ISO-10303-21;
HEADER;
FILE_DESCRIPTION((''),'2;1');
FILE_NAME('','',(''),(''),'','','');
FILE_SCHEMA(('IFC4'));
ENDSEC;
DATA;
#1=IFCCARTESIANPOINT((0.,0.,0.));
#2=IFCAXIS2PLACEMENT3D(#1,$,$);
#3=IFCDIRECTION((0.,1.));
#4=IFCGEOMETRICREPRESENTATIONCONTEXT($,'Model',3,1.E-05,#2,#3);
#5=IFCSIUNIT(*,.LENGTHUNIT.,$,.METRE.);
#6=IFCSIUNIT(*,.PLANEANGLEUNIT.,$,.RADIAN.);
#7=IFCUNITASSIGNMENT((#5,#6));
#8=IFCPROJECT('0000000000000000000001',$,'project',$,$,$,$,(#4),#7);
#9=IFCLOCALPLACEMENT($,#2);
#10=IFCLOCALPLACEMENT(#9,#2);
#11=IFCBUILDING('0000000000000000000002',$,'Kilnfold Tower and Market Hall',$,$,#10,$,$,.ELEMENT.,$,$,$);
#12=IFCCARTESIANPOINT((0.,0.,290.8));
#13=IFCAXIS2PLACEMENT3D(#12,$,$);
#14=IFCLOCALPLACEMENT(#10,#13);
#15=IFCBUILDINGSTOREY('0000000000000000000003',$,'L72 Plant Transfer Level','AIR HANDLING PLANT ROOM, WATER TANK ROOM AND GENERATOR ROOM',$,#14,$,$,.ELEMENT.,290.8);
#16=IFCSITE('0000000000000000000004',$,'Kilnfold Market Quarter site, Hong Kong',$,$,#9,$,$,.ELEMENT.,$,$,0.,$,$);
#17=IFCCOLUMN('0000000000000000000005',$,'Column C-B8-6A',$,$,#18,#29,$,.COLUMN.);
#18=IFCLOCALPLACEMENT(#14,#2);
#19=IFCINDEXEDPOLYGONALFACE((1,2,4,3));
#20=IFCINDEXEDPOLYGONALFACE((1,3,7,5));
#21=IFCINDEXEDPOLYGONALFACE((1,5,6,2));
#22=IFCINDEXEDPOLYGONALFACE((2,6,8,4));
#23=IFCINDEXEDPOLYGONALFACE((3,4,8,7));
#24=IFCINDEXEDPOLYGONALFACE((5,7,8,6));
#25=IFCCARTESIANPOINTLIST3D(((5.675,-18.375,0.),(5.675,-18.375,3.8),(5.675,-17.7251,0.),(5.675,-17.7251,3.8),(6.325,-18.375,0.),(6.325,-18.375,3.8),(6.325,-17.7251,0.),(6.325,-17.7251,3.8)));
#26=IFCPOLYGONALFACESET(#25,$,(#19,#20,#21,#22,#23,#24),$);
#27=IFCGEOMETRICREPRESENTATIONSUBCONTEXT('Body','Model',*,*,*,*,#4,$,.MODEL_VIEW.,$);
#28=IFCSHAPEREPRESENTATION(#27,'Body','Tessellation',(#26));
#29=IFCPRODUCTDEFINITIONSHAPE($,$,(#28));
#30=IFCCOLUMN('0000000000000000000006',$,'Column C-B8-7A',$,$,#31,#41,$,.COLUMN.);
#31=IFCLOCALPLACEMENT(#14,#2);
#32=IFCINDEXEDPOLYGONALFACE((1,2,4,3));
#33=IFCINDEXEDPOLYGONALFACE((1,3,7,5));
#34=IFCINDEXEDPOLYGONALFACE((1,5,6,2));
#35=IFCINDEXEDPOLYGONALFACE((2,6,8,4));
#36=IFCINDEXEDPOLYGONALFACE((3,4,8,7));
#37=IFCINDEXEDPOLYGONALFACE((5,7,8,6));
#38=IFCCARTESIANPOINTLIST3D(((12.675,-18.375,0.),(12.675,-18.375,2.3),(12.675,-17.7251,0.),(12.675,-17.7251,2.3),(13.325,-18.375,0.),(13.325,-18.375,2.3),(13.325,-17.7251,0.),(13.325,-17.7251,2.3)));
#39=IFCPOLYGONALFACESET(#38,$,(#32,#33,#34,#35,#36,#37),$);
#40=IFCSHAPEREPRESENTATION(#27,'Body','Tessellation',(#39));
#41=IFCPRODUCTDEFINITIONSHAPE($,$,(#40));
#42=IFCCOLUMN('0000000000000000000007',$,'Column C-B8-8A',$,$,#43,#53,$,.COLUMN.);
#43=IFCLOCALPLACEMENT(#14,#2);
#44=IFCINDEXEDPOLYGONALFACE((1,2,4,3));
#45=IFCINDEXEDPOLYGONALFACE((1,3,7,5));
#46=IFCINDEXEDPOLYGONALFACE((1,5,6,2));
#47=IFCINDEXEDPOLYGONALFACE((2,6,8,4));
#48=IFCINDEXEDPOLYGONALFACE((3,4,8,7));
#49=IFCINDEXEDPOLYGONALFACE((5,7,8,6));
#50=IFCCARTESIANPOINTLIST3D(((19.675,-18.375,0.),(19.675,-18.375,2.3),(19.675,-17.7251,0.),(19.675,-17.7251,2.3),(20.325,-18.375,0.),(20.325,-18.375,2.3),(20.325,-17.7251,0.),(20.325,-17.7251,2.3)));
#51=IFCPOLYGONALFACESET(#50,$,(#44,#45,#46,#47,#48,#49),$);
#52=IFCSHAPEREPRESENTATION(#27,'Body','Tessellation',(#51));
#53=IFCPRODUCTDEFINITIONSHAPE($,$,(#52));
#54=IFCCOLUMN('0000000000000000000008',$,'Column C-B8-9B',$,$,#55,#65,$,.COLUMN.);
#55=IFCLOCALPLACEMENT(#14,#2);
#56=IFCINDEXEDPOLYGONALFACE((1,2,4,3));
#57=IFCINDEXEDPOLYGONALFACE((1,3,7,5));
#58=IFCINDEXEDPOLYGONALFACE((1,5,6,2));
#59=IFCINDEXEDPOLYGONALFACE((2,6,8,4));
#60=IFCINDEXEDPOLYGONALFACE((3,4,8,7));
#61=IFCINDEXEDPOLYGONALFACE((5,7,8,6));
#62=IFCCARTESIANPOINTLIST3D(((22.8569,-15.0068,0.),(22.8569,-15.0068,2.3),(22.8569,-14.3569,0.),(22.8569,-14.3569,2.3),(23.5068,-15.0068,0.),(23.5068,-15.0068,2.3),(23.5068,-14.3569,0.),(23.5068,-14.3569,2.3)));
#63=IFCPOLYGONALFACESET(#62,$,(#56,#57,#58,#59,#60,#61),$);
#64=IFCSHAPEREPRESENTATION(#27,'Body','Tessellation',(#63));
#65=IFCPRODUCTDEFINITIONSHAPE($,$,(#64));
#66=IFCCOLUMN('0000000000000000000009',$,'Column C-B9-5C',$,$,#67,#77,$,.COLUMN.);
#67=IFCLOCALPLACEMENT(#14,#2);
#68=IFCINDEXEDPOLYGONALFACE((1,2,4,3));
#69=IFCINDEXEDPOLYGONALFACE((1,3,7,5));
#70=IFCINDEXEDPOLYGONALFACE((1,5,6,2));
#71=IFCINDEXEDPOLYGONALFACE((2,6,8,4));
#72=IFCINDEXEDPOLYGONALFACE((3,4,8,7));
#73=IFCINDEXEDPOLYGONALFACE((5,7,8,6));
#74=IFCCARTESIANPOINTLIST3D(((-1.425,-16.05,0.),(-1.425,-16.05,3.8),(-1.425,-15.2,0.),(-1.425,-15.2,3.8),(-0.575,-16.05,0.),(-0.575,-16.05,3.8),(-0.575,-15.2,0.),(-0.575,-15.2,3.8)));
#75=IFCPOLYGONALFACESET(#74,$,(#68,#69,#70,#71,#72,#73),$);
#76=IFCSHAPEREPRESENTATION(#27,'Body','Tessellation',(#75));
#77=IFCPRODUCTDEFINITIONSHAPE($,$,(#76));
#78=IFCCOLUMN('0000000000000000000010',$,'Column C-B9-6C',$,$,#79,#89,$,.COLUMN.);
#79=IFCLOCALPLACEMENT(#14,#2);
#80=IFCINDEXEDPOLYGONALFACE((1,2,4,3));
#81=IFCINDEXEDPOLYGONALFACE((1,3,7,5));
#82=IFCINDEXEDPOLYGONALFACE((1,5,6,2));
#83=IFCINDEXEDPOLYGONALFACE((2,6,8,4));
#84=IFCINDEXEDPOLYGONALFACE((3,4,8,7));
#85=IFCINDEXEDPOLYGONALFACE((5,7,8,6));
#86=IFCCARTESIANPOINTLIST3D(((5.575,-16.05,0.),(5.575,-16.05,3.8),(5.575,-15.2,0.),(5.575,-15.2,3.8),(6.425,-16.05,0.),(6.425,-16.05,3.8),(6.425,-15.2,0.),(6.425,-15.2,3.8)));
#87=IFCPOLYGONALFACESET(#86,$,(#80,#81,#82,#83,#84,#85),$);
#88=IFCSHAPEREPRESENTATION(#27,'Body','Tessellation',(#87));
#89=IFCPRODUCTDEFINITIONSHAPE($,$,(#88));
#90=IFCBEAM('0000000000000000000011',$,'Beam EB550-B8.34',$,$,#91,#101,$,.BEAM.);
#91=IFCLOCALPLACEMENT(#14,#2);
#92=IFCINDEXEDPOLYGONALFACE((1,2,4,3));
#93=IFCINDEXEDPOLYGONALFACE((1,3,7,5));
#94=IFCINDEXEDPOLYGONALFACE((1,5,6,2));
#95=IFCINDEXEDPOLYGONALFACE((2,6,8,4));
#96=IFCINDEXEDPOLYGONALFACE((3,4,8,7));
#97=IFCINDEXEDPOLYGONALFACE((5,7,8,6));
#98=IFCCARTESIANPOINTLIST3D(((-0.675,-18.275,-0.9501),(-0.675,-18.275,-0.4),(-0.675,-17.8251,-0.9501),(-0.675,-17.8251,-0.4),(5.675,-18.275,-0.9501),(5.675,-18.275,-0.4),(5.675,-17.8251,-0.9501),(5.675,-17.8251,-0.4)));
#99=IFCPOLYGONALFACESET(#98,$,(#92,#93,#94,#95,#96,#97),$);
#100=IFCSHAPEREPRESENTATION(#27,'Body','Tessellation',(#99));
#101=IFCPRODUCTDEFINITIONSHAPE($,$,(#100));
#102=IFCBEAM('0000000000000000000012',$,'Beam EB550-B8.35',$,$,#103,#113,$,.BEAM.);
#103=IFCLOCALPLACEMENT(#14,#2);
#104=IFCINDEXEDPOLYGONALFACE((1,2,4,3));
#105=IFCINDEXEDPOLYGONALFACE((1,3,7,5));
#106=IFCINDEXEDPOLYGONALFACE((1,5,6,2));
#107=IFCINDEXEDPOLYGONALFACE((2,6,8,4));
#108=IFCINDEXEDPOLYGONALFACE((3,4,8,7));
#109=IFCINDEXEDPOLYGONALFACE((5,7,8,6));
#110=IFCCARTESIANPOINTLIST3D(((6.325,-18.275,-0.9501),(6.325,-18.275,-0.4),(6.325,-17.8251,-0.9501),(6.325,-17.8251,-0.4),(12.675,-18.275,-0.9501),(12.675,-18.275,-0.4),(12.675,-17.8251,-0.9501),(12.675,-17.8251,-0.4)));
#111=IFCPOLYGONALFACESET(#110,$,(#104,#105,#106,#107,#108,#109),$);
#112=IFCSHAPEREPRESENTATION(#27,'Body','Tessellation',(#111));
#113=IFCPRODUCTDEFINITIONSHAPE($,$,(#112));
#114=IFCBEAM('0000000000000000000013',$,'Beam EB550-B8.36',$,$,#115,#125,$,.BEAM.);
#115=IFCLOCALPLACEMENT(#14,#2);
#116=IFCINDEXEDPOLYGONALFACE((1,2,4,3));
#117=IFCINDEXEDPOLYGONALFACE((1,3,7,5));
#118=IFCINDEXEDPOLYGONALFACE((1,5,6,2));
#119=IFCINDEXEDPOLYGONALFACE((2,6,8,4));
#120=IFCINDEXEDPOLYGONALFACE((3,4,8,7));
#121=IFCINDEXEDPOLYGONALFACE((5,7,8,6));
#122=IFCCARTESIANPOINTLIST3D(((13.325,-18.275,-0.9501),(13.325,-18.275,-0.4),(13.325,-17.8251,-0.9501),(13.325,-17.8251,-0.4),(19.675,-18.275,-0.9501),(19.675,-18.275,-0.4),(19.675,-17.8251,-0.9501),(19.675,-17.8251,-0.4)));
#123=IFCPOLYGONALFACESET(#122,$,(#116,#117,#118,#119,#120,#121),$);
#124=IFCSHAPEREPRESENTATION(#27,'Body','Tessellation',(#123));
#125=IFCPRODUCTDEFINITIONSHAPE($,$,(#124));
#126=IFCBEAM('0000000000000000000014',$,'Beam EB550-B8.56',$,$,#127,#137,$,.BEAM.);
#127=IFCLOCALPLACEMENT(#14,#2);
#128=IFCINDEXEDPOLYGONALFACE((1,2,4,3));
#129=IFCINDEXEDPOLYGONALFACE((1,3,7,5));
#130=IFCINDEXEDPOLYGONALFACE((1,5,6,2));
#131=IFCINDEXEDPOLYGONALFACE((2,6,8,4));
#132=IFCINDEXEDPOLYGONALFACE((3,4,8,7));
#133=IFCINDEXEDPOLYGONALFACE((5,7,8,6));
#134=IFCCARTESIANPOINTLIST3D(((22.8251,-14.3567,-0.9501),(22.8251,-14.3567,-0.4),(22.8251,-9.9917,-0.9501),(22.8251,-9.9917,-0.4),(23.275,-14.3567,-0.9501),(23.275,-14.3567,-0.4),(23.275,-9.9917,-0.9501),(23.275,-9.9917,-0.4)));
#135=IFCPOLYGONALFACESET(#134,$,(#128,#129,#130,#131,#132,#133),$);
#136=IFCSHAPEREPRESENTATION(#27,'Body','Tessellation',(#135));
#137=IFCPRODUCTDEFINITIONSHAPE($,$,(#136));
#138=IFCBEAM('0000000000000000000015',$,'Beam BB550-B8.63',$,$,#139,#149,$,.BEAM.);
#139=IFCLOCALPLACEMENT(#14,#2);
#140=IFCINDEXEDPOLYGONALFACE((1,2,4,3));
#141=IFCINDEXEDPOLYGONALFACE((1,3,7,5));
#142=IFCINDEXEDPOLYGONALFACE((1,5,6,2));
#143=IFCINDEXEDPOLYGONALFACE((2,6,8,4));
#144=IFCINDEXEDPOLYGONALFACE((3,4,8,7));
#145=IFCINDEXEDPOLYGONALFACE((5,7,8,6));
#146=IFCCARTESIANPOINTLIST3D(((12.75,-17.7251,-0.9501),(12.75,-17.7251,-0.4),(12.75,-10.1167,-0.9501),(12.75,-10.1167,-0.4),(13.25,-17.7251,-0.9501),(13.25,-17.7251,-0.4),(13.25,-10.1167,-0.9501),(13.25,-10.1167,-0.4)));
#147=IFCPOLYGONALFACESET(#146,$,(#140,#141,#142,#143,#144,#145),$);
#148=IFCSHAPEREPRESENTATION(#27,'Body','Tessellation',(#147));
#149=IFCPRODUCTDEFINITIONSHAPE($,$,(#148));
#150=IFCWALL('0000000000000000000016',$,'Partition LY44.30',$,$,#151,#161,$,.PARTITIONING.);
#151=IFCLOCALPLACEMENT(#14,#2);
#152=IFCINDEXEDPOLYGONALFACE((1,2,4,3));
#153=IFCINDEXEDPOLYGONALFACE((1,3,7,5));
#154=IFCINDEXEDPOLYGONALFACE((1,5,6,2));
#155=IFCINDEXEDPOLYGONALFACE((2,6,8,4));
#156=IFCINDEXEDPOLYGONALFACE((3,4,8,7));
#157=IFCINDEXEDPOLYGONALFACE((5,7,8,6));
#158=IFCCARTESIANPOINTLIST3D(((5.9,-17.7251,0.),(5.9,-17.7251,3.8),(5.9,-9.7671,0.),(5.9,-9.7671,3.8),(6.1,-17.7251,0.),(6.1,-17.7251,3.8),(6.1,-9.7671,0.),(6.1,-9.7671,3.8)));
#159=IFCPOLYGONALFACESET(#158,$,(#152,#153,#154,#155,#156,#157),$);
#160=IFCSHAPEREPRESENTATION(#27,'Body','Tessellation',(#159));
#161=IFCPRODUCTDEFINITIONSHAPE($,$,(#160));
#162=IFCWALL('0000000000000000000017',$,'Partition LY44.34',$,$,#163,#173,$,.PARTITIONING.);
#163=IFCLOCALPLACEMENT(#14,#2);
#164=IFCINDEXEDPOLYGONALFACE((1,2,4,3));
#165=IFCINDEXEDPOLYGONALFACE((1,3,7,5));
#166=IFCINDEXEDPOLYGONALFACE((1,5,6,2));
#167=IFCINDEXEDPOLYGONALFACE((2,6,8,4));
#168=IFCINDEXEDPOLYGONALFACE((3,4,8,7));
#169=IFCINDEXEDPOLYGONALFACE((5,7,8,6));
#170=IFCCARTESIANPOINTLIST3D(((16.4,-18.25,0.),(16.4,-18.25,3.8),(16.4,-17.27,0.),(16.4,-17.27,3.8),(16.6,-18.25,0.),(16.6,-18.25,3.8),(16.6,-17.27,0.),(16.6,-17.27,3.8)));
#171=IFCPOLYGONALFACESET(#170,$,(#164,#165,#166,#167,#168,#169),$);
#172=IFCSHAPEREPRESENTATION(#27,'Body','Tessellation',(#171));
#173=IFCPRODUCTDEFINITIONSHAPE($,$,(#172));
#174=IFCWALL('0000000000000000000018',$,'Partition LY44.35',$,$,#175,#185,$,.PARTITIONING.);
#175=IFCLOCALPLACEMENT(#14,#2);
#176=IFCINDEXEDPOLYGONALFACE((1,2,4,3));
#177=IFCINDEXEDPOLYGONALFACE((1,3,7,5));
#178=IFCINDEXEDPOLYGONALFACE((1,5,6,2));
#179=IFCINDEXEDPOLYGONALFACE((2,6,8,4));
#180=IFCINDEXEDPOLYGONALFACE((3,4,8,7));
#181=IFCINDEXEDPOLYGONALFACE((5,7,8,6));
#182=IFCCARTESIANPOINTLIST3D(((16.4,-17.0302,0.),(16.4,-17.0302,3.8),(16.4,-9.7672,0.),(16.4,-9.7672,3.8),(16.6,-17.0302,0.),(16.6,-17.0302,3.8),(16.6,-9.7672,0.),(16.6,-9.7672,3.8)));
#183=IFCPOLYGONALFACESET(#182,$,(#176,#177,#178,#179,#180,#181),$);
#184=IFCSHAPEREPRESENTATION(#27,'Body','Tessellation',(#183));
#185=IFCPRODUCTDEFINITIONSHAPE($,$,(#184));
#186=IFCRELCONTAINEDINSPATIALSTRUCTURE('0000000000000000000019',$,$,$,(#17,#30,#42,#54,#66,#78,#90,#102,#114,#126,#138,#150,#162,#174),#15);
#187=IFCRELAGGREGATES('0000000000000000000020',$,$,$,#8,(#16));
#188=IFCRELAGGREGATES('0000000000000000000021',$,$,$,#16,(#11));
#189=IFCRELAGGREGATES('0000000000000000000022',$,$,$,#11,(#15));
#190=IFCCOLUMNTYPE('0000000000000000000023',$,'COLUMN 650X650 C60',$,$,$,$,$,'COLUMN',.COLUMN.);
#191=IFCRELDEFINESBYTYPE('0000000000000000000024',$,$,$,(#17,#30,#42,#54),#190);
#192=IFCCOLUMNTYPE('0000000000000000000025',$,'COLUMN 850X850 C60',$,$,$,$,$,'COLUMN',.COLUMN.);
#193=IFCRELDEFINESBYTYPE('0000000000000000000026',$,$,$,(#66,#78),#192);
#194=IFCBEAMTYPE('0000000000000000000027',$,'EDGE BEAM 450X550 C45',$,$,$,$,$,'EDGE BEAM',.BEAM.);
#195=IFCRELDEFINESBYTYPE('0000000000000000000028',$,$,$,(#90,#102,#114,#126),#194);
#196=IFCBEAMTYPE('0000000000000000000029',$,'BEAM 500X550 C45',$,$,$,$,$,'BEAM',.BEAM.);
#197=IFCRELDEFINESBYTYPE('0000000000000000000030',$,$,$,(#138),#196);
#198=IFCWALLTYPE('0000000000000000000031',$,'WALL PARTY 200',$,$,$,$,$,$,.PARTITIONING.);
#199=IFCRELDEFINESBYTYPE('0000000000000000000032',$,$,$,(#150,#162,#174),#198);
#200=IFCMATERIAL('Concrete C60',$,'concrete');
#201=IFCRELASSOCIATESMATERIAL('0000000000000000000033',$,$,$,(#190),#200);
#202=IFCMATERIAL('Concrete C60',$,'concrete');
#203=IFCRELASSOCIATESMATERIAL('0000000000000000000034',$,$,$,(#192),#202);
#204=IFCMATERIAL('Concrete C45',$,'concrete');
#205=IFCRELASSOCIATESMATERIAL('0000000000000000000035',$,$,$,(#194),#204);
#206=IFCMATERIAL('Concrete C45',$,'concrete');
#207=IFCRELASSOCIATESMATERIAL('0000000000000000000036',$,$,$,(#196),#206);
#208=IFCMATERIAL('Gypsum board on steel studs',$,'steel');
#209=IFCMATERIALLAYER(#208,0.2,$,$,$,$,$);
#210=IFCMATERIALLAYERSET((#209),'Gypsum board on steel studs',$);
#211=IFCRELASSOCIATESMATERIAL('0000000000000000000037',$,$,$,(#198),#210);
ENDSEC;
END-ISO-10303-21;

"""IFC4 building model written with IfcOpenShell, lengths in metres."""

from ifc_helpers import new_model, si_unit, direction, frame, frame_2d, origin, origin_2d, place, context, subcontext, project, spatial, rectangle, extrude, source, transform, mapped, material, layer, layer_set, material_profile, profile_set, type_object, element, save


model = new_model("IFC4")

# Units and contexts
model_context = context("Model", 3, precision=1e-05, world=origin(), true_north=direction((0.0, 1.0)))
body_context = subcontext(model_context, "Body", "Model", "MODEL_VIEW")
ifc_project = project(units=[si_unit("LENGTHUNIT", "METRE"), si_unit("PLANEANGLEUNIT", "RADIAN")], contexts=[model_context])

# Site, building, storey
site_placement = place(None, origin())
site = spatial("IfcSite", under=ifc_project, at=site_placement, Name="Kilnfold Market Quarter site, Hong Kong", CompositionType="ELEMENT", RefElevation=0.0)
building_placement = place(site_placement, origin())
building = spatial("IfcBuilding", under=site, at=building_placement, Name="Kilnfold Tower and Market Hall", CompositionType="ELEMENT")
storey_placement = place(building_placement, frame((0.0, 0.0, 290.8)))
storey = spatial("IfcBuildingStorey", under=building, at=storey_placement, Name="L72 Plant Transfer Level", Description="AIR HANDLING PLANT ROOM, WATER TANK ROOM AND GENERATOR ROOM", CompositionType="ELEMENT", Elevation=290.8)

# Columns
ifc_material_1 = material(Name="Concrete C60", Category="concrete")
ifc_material_profile_1 = material_profile(ifc_material_1, rectangle(XDim=0.6499, YDim=0.6499, at=origin_2d()), Name="RC 650x650")
ifc_profile_set_1 = profile_set([ifc_material_profile_1], Name="Concrete C60")
column_type_1 = type_object("IfcColumnType", Name="COLUMN 650X650 C60", ElementType="COLUMN", PredefinedType="COLUMN", material=ifc_profile_set_1)
shared_shape_1 = source(origin(), body_context, "Body", "SweptSolid", [
    extrude(rectangle(XDim=0.6499, YDim=0.6499, at=origin_2d()), origin(), (0.0, 0.0, 1.0), 3.8),
])
column_placement = place(storey_placement, frame((6.0, -18.05, 0.0), z_axis=(0.0, 0.0, 1.0), x_axis=(1.0, 0.0, 0.0)))
element("IfcColumn", 1, at=column_placement, inside=storey, type_object=column_type_1, Name="Column C-B8-6A", PredefinedType="COLUMN", context=body_context, shape_type="MappedRepresentation", body=[
    mapped(shared_shape_1, transform((0.0, 0.0, 0.0))),
])
shared_shape_2 = source(origin(), body_context, "Body", "SweptSolid", [
    extrude(rectangle(XDim=0.6499, YDim=0.6499, at=origin_2d()), origin(), (0.0, 0.0, 1.0), 2.3),
])
for number, where, z_axis, x_axis, name in (
    (2, (13.0, -18.05, 0.0), (0.0, 0.0, 1.0), (1.0, 0.0, 0.0), "Column C-B8-7A"),
    (3, (20.0, -18.05, 0.0), (0.0, 0.0, 1.0), (1.0, 0.0, 0.0), "Column C-B8-8A"),
    (4, (23.1819, -14.6819, 0.0), (0.0, 0.0, 1.0), (1.0, 0.0, 0.0), "Column C-B8-9B"),
):
    element("IfcColumn", number, at=place(storey_placement, frame(where, z_axis=z_axis, x_axis=x_axis)), inside=storey, type_object=column_type_1, Name=name, PredefinedType="COLUMN", context=body_context, shape_type="MappedRepresentation", body=[
        mapped(shared_shape_2, transform((0.0, 0.0, 0.0))),
    ])
ifc_material_2 = material(Name="Concrete C60", Category="concrete")
ifc_material_profile_2 = material_profile(ifc_material_2, rectangle(XDim=0.8501, YDim=0.8501, at=origin_2d()), Name="RC 850x850")
ifc_profile_set_2 = profile_set([ifc_material_profile_2], Name="Concrete C60")
column_type_2 = type_object("IfcColumnType", Name="COLUMN 850X850 C60", ElementType="COLUMN", PredefinedType="COLUMN", material=ifc_profile_set_2)
shared_shape_3 = source(origin(), body_context, "Body", "SweptSolid", [
    extrude(rectangle(XDim=0.8501, YDim=0.8501, at=origin_2d()), origin(), (0.0, 0.0, 1.0), 3.8),
])
for number, where, z_axis, x_axis, name in (
    (5, (-1.0, -15.625, 0.0), (0.0, 0.0, 1.0), (1.0, 0.0, 0.0), "Column C-B9-5C"),
    (6, (6.0, -15.625, 0.0), (0.0, 0.0, 1.0), (1.0, 0.0, 0.0), "Column C-B9-6C"),
):
    element("IfcColumn", number, at=place(storey_placement, frame(where, z_axis=z_axis, x_axis=x_axis)), inside=storey, type_object=column_type_2, Name=name, PredefinedType="COLUMN", context=body_context, shape_type="MappedRepresentation", body=[
        mapped(shared_shape_3, transform((0.0, 0.0, 0.0))),
    ])

# Beams
ifc_material_3 = material(Name="Concrete C45", Category="concrete")
ifc_material_profile_3 = material_profile(ifc_material_3, rectangle(XDim=0.45, YDim=0.55, at=origin_2d()), Name="RC 450x550")
ifc_profile_set_3 = profile_set([ifc_material_profile_3], Name="Concrete C45")
beam_type_1 = type_object("IfcBeamType", Name="EDGE BEAM 450X550 C45", ElementType="EDGE BEAM", PredefinedType="BEAM", material=ifc_profile_set_3)
shared_shape_4 = source(origin(), body_context, "Body", "SweptSolid", [
    extrude(rectangle(XDim=0.45, YDim=0.55, at=origin_2d()), origin(), (0.0, 0.0, 1.0), 6.3501),
])
for number, where, z_axis, x_axis, name in (
    (7, (-0.675, -18.05, -0.675), (1.0, 0.0, 0.0), (0.0, 1.0, 0.0), "Beam EB550-B8.34"),
    (8, (6.325, -18.05, -0.675), (1.0, 0.0, 0.0), (0.0, 1.0, 0.0), "Beam EB550-B8.35"),
    (9, (13.325, -18.05, -0.675), (1.0, 0.0, 0.0), (0.0, 1.0, 0.0), "Beam EB550-B8.36"),
):
    element("IfcBeam", number, at=place(storey_placement, frame(where, z_axis=z_axis, x_axis=x_axis)), inside=storey, type_object=beam_type_1, Name=name, PredefinedType="BEAM", context=body_context, shape_type="MappedRepresentation", body=[
        mapped(shared_shape_4, transform((0.0, 0.0, 0.0))),
    ])
shared_shape_5 = source(origin(), body_context, "Body", "SweptSolid", [
    extrude(rectangle(XDim=0.45, YDim=0.55, at=origin_2d()), origin(), (0.0, 0.0, 1.0), 4.365),
])
beam_1_placement = place(storey_placement, frame((23.05, -14.3567, -0.675), z_axis=(0.0, 1.0, 0.0), x_axis=(-1.0, 0.0, 0.0)))
element("IfcBeam", 10, at=beam_1_placement, inside=storey, type_object=beam_type_1, Name="Beam EB550-B8.56", PredefinedType="BEAM", context=body_context, shape_type="MappedRepresentation", body=[
    mapped(shared_shape_5, transform((0.0, 0.0, 0.0))),
])
ifc_material_4 = material(Name="Concrete C45", Category="concrete")
ifc_material_profile_4 = material_profile(ifc_material_4, rectangle(XDim=0.5, YDim=0.55, at=origin_2d()), Name="RC 500x550")
ifc_profile_set_4 = profile_set([ifc_material_profile_4], Name="Concrete C45")
beam_type_2 = type_object("IfcBeamType", Name="BEAM 500X550 C45", ElementType="BEAM", PredefinedType="BEAM", material=ifc_profile_set_4)
shared_shape_6 = source(origin(), body_context, "Body", "SweptSolid", [
    extrude(rectangle(XDim=0.5, YDim=0.55, at=origin_2d()), origin(), (0.0, 0.0, 1.0), 7.6084),
])
beam_2_placement = place(storey_placement, frame((13.0, -17.7251, -0.675), z_axis=(0.0, 1.0, 0.0), x_axis=(-1.0, 0.0, 0.0)))
element("IfcBeam", 11, at=beam_2_placement, inside=storey, type_object=beam_type_2, Name="Beam BB550-B8.63", PredefinedType="BEAM", context=body_context, shape_type="MappedRepresentation", body=[
    mapped(shared_shape_6, transform((0.0, 0.0, 0.0))),
])

# Walls
ifc_material_5 = material(Name="Gypsum board on steel studs", Category="steel")
ifc_layer_1 = layer(ifc_material_5, 0.2)
ifc_layer_set_1 = layer_set([ifc_layer_1], Name="Gypsum board on steel studs")
wall_type_1 = type_object("IfcWallType", Name="WALL PARTY 200", PredefinedType="PARTITIONING", material=ifc_layer_set_1)
wall_1_placement = place(storey_placement, frame((6.0, -17.7251, 0.0), z_axis=(0.0, 0.0, 1.0), x_axis=(0.0, 1.0, 0.0)))
element("IfcWall", 12, at=wall_1_placement, inside=storey, type_object=wall_type_1, Name="Partition LY44.30", PredefinedType="PARTITIONING", context=body_context, shape_type="SweptSolid", body=[
    extrude(rectangle(XDim=7.958, YDim=0.2, at=frame_2d((3.979, 0.0))), origin(), (0.0, 0.0, 1.0), 3.8),
])
wall_2_placement = place(storey_placement, frame((16.5, -18.25, 0.0), z_axis=(0.0, 0.0, 1.0), x_axis=(0.0, 1.0, 0.0)))
element("IfcWall", 13, at=wall_2_placement, inside=storey, type_object=wall_type_1, Name="Partition LY44.34", PredefinedType="PARTITIONING", context=body_context, shape_type="SweptSolid", body=[
    extrude(rectangle(XDim=0.98, YDim=0.2, at=frame_2d((0.49, 0.0))), origin(), (0.0, 0.0, 1.0), 3.8),
])
wall_3_placement = place(storey_placement, frame((16.5, -17.03, 0.0), z_axis=(0.0, 0.0, 1.0), x_axis=(0.0, 1.0, 0.0)))
element("IfcWall", 14, at=wall_3_placement, inside=storey, type_object=wall_type_1, Name="Partition LY44.35", PredefinedType="PARTITIONING", context=body_context, shape_type="SweptSolid", body=[
    extrude(rectangle(XDim=7.2629, YDim=0.2, at=frame_2d((3.6313, 0.0))), origin(), (0.0, 0.0, 1.0), 3.8),
])

save(model, "model.ifc")
